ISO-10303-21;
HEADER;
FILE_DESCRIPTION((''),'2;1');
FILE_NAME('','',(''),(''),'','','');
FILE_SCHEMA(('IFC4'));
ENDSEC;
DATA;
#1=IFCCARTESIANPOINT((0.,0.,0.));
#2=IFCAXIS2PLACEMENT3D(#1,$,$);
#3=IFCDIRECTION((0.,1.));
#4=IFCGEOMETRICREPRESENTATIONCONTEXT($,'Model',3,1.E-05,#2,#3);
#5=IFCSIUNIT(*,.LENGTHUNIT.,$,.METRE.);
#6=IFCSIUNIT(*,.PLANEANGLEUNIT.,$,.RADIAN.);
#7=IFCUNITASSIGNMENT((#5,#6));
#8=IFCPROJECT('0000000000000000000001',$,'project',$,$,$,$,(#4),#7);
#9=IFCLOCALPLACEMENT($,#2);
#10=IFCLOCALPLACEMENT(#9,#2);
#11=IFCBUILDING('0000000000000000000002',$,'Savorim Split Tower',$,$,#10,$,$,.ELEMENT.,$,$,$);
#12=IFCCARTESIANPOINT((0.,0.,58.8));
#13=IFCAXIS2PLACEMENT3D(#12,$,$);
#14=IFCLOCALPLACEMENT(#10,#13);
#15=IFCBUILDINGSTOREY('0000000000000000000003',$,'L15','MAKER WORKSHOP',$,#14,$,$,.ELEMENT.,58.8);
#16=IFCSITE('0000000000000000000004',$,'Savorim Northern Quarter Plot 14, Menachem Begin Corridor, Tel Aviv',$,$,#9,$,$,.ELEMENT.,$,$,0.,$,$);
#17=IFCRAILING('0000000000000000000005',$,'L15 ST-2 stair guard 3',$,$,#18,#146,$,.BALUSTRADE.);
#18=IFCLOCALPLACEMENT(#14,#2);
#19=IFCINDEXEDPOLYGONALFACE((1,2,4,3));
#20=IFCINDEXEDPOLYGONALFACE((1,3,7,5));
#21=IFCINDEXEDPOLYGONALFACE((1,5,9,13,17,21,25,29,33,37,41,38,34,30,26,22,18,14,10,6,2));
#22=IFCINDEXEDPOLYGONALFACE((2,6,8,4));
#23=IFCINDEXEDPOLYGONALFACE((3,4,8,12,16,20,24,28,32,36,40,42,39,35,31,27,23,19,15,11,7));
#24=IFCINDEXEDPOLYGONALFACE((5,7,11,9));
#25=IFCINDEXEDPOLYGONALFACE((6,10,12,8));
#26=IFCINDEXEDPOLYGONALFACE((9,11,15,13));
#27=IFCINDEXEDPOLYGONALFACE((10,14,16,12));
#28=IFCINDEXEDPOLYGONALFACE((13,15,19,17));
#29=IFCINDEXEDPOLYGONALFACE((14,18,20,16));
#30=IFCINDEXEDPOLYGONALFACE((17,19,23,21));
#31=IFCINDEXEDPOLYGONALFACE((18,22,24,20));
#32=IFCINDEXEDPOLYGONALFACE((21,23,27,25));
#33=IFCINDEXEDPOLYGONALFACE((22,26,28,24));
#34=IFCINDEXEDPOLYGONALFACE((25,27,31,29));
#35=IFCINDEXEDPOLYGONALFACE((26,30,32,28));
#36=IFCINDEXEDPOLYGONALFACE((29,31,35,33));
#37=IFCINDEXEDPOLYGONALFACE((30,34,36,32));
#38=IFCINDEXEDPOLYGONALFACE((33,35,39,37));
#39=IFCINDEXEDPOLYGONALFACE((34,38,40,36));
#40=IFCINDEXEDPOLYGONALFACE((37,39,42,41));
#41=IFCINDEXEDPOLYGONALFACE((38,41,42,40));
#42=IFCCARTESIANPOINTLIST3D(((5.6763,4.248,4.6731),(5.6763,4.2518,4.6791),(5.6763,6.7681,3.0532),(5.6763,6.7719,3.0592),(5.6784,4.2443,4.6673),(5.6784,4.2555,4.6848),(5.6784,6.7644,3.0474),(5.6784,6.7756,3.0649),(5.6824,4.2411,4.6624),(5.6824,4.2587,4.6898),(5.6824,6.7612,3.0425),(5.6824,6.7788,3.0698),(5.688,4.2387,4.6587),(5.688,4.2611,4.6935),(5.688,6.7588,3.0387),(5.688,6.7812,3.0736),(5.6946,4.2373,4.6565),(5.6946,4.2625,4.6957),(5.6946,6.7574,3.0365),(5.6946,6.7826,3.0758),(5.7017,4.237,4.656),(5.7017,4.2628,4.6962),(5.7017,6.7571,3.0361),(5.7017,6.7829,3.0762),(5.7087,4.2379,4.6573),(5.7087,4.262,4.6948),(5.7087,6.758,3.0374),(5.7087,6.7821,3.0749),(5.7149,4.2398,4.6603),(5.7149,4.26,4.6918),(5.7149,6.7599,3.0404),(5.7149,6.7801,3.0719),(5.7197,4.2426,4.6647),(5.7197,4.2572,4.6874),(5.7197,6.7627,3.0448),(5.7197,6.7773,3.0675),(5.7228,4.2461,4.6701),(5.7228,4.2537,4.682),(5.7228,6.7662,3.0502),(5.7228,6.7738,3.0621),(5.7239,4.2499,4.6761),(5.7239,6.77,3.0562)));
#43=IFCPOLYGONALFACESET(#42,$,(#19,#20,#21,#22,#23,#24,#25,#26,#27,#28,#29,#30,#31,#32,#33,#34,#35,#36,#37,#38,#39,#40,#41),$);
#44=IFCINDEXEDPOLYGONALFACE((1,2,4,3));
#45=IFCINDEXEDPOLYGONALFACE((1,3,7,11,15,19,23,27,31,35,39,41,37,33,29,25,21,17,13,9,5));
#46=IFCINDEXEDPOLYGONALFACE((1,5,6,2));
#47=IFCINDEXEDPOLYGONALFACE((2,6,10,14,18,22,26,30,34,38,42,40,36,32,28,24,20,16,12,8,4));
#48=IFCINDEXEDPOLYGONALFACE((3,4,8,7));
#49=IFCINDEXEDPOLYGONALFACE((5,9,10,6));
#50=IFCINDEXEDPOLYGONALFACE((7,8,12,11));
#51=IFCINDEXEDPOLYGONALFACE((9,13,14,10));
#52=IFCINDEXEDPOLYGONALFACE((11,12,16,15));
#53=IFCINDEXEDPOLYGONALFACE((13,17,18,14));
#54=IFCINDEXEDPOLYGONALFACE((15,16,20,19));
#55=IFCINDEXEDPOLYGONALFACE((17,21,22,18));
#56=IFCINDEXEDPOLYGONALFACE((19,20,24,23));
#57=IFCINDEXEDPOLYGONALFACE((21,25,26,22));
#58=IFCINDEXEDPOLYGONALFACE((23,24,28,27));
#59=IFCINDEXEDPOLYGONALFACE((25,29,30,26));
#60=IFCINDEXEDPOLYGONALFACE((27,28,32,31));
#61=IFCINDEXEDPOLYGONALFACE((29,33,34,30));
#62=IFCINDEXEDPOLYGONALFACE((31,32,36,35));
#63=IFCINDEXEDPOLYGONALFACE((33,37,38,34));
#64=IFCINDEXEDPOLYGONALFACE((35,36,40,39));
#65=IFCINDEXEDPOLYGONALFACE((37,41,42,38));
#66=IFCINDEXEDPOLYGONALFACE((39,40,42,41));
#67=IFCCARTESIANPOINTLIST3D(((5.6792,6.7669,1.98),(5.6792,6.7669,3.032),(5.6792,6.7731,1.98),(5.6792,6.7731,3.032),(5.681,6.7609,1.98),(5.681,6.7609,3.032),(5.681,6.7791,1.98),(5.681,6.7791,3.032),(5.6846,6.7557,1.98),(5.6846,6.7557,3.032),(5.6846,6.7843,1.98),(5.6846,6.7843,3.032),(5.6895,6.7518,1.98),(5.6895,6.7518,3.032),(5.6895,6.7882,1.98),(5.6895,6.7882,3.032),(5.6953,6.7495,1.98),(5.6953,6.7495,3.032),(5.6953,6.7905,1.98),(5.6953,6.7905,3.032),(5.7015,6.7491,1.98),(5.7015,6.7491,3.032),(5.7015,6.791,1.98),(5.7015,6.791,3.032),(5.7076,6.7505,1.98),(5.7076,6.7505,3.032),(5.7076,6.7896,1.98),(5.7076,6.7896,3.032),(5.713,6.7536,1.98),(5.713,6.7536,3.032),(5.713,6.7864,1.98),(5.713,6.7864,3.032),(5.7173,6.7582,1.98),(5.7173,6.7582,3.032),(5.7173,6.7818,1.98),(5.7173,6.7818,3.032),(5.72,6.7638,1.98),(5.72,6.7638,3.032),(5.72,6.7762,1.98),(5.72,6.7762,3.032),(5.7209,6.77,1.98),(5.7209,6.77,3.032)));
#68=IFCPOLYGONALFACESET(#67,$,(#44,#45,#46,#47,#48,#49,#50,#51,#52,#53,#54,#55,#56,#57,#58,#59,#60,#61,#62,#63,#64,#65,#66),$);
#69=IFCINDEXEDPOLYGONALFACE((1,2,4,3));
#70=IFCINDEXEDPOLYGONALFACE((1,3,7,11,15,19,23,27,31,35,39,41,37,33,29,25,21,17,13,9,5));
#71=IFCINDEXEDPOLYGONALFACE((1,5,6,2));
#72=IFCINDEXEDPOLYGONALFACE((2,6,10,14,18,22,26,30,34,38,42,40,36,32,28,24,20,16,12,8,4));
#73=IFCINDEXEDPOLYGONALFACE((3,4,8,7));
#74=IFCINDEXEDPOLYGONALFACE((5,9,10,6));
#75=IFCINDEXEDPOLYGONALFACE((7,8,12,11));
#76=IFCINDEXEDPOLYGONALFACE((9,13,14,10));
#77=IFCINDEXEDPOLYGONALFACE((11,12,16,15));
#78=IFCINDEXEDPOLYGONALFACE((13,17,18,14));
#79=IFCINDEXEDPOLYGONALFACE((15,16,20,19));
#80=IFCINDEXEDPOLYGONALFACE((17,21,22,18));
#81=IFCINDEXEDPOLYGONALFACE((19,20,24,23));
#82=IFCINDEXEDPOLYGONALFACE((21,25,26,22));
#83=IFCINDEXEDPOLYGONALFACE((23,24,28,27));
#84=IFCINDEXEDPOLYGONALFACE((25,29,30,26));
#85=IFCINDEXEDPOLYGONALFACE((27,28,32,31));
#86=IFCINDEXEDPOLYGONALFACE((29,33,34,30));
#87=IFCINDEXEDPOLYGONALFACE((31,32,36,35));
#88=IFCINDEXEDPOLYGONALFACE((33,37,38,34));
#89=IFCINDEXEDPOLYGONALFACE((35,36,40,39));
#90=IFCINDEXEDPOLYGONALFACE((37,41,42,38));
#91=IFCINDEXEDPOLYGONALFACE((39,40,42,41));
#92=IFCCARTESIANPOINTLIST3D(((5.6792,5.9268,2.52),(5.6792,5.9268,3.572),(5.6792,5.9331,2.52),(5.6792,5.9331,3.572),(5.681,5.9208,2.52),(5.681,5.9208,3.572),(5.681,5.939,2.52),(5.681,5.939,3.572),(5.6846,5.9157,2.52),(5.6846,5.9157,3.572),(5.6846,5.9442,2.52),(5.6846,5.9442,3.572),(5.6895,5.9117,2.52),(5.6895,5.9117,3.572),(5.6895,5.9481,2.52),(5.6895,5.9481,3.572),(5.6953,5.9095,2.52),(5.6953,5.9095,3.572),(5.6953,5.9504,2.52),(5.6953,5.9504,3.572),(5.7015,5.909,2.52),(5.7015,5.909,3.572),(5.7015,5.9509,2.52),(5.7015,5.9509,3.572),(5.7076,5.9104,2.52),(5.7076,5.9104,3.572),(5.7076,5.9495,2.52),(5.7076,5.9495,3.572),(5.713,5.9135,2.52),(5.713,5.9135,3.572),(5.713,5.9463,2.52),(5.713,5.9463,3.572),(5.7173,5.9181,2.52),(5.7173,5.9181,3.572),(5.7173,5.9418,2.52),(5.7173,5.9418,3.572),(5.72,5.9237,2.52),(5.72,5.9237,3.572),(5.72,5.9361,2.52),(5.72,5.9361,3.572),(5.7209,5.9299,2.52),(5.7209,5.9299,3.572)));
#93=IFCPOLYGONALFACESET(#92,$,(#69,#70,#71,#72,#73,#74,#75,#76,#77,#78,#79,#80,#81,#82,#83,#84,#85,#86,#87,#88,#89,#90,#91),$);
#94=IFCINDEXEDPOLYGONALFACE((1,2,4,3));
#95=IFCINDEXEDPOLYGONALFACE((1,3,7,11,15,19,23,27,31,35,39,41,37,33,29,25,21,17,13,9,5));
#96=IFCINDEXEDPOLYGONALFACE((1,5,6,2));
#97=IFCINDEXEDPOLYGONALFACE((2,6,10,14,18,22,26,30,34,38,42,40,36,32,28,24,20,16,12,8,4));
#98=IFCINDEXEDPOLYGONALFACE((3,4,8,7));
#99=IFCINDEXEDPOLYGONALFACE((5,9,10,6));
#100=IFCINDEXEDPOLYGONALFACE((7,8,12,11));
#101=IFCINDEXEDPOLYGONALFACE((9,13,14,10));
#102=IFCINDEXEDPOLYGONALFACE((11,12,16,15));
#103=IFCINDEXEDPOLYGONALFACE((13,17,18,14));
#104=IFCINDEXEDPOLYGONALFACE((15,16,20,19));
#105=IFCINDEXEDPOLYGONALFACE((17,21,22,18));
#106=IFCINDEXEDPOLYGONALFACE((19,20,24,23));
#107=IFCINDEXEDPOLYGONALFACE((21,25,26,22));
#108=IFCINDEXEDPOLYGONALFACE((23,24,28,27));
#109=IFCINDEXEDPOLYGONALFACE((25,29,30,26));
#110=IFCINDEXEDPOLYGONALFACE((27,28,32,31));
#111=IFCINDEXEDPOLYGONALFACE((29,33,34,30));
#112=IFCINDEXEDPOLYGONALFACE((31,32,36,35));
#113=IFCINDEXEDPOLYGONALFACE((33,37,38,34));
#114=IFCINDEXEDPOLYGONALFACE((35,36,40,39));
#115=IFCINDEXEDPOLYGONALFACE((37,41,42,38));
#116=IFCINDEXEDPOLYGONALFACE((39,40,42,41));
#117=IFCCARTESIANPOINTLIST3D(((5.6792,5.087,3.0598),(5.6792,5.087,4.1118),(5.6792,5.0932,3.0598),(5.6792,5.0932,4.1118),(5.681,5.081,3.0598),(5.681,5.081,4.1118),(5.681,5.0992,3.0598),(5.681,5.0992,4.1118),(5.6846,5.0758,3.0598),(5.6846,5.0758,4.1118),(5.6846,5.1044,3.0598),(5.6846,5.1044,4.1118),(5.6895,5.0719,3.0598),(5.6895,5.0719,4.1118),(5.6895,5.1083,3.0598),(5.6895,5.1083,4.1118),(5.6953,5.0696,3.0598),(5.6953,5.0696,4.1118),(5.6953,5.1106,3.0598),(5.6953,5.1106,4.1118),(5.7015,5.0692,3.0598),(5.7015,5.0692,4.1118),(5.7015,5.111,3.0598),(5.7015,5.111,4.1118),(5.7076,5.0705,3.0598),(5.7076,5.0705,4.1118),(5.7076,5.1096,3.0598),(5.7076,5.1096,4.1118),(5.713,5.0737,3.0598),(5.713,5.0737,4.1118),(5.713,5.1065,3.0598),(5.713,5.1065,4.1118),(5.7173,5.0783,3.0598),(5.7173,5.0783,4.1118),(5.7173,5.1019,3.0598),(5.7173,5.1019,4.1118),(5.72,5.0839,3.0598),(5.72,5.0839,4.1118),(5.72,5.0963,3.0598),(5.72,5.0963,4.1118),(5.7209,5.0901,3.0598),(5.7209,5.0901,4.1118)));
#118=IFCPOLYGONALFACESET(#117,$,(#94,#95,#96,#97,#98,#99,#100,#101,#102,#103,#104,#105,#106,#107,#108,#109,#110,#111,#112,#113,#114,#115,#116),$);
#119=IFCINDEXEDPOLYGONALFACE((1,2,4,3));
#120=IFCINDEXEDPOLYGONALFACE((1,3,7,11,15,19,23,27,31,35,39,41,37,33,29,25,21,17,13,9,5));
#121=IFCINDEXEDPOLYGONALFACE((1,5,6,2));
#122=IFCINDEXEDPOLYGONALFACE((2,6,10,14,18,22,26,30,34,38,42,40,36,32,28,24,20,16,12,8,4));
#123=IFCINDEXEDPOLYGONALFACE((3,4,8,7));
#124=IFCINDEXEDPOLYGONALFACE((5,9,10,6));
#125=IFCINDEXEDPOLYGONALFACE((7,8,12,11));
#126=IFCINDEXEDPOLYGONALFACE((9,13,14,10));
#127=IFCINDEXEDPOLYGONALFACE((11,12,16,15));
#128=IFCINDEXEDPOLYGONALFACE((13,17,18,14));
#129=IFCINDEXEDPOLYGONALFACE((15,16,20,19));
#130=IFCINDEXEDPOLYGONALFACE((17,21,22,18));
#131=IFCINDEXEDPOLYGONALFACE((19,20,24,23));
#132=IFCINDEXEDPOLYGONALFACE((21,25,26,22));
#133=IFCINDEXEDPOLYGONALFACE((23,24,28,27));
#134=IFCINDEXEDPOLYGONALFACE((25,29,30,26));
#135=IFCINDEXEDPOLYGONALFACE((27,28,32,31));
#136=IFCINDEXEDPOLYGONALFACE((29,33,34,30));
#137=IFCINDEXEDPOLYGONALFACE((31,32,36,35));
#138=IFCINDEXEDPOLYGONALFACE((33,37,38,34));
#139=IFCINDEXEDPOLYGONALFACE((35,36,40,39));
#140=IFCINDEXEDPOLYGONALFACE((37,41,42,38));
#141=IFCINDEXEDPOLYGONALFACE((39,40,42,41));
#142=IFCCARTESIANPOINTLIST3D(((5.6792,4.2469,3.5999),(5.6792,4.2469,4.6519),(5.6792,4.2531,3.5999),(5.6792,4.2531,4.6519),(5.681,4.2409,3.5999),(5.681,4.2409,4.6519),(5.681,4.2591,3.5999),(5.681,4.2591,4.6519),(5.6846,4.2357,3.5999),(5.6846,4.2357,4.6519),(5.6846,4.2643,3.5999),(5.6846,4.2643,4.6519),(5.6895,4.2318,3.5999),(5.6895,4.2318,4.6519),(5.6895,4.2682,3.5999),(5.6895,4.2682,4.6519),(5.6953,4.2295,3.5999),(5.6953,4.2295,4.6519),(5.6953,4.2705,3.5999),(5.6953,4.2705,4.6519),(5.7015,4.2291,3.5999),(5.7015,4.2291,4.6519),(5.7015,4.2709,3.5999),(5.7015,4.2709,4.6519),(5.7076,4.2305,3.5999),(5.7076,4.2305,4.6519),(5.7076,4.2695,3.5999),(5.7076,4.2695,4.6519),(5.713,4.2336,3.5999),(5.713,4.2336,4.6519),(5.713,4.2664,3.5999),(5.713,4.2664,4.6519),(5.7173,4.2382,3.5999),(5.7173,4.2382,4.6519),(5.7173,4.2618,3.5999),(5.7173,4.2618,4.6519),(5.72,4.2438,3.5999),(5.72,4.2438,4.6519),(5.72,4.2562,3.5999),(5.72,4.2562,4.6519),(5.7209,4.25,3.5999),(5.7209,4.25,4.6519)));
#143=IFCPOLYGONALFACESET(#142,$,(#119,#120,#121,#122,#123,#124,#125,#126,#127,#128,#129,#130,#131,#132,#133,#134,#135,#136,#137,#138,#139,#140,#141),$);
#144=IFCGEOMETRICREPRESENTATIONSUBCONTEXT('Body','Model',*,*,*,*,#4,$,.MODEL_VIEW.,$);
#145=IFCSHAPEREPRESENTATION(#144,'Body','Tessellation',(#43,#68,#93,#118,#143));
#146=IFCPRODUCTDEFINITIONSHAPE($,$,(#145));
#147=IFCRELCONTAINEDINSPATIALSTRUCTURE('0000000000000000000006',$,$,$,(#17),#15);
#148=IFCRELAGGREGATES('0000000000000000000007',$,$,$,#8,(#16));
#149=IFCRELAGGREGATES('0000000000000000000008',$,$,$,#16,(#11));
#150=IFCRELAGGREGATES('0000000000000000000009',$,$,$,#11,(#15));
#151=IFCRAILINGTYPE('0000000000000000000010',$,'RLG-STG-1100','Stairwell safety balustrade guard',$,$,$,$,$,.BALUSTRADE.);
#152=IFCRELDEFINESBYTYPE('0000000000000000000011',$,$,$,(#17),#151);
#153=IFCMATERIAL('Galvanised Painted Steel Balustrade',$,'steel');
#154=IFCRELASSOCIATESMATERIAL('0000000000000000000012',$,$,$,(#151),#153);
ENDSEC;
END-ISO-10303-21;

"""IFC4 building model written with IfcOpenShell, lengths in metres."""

from ifc_helpers import new_model, si_unit, direction, frame, origin, origin_2d, place, context, subcontext, project, spatial, circle, extrude, material, type_object, element, save


model = new_model("IFC4")

# Units and contexts
model_context = context("Model", 3, precision=1e-05, world=origin(), true_north=direction((0.0, 1.0)))
body_context = subcontext(model_context, "Body", "Model", "MODEL_VIEW")
ifc_project = project(units=[si_unit("LENGTHUNIT", "METRE"), si_unit("PLANEANGLEUNIT", "RADIAN")], contexts=[model_context])

# Site, building, storey
site_placement = place(None, origin())
site = spatial("IfcSite", under=ifc_project, at=site_placement, Name="Savorim Northern Quarter Plot 14, Menachem Begin Corridor, Tel Aviv", CompositionType="ELEMENT", RefElevation=0.0)
building_placement = place(site_placement, origin())
building = spatial("IfcBuilding", under=site, at=building_placement, Name="Savorim Split Tower", CompositionType="ELEMENT")
storey_placement = place(building_placement, frame((0.0, 0.0, 58.8)))
storey = spatial("IfcBuildingStorey", under=building, at=storey_placement, Name="L15", Description="MAKER WORKSHOP", CompositionType="ELEMENT", Elevation=58.8)

# Railing
ifc_material_1 = material(Name="Galvanised Painted Steel Balustrade", Category="steel")
railing_type_1 = type_object("IfcRailingType", Name="RLG-STG-1100", Description="Stairwell safety balustrade guard", PredefinedType="BALUSTRADE", material=ifc_material_1)
railing_1_placement = place(storey_placement, frame((5.7, 6.77, 1.98)))
element("IfcRailing", 1, at=railing_1_placement, inside=storey, type_object=railing_type_1, Name="L15 ST-2 stair guard 3", PredefinedType="BALUSTRADE", context=body_context, shape_type="SweptSolid", body=[
    extrude(circle(Radius=0.0239, at=origin_2d()), frame((0.0, 0.0, 1.0762), z_axis=(0.0, -0.8412, 0.540725), x_axis=(1.0, 0.0, 0.0)), (0.0, 0.0, 1.0), 2.9958),
    extrude(circle(Radius=0.021, at=origin_2d()), origin(), (0.0, 0.0, 1.0), 1.052),
    extrude(circle(Radius=0.021, at=origin_2d()), frame((0.0, -0.8401, 0.54)), (0.0, 0.0, 1.0), 1.052),
    extrude(circle(Radius=0.021, at=origin_2d()), frame((0.0, -1.6799, 1.0798)), (0.0, 0.0, 1.0), 1.052),
    extrude(circle(Radius=0.021, at=origin_2d()), frame((0.0, -2.52, 1.6199)), (0.0, 0.0, 1.0), 1.052),
])

save(model, "model.ifc")
